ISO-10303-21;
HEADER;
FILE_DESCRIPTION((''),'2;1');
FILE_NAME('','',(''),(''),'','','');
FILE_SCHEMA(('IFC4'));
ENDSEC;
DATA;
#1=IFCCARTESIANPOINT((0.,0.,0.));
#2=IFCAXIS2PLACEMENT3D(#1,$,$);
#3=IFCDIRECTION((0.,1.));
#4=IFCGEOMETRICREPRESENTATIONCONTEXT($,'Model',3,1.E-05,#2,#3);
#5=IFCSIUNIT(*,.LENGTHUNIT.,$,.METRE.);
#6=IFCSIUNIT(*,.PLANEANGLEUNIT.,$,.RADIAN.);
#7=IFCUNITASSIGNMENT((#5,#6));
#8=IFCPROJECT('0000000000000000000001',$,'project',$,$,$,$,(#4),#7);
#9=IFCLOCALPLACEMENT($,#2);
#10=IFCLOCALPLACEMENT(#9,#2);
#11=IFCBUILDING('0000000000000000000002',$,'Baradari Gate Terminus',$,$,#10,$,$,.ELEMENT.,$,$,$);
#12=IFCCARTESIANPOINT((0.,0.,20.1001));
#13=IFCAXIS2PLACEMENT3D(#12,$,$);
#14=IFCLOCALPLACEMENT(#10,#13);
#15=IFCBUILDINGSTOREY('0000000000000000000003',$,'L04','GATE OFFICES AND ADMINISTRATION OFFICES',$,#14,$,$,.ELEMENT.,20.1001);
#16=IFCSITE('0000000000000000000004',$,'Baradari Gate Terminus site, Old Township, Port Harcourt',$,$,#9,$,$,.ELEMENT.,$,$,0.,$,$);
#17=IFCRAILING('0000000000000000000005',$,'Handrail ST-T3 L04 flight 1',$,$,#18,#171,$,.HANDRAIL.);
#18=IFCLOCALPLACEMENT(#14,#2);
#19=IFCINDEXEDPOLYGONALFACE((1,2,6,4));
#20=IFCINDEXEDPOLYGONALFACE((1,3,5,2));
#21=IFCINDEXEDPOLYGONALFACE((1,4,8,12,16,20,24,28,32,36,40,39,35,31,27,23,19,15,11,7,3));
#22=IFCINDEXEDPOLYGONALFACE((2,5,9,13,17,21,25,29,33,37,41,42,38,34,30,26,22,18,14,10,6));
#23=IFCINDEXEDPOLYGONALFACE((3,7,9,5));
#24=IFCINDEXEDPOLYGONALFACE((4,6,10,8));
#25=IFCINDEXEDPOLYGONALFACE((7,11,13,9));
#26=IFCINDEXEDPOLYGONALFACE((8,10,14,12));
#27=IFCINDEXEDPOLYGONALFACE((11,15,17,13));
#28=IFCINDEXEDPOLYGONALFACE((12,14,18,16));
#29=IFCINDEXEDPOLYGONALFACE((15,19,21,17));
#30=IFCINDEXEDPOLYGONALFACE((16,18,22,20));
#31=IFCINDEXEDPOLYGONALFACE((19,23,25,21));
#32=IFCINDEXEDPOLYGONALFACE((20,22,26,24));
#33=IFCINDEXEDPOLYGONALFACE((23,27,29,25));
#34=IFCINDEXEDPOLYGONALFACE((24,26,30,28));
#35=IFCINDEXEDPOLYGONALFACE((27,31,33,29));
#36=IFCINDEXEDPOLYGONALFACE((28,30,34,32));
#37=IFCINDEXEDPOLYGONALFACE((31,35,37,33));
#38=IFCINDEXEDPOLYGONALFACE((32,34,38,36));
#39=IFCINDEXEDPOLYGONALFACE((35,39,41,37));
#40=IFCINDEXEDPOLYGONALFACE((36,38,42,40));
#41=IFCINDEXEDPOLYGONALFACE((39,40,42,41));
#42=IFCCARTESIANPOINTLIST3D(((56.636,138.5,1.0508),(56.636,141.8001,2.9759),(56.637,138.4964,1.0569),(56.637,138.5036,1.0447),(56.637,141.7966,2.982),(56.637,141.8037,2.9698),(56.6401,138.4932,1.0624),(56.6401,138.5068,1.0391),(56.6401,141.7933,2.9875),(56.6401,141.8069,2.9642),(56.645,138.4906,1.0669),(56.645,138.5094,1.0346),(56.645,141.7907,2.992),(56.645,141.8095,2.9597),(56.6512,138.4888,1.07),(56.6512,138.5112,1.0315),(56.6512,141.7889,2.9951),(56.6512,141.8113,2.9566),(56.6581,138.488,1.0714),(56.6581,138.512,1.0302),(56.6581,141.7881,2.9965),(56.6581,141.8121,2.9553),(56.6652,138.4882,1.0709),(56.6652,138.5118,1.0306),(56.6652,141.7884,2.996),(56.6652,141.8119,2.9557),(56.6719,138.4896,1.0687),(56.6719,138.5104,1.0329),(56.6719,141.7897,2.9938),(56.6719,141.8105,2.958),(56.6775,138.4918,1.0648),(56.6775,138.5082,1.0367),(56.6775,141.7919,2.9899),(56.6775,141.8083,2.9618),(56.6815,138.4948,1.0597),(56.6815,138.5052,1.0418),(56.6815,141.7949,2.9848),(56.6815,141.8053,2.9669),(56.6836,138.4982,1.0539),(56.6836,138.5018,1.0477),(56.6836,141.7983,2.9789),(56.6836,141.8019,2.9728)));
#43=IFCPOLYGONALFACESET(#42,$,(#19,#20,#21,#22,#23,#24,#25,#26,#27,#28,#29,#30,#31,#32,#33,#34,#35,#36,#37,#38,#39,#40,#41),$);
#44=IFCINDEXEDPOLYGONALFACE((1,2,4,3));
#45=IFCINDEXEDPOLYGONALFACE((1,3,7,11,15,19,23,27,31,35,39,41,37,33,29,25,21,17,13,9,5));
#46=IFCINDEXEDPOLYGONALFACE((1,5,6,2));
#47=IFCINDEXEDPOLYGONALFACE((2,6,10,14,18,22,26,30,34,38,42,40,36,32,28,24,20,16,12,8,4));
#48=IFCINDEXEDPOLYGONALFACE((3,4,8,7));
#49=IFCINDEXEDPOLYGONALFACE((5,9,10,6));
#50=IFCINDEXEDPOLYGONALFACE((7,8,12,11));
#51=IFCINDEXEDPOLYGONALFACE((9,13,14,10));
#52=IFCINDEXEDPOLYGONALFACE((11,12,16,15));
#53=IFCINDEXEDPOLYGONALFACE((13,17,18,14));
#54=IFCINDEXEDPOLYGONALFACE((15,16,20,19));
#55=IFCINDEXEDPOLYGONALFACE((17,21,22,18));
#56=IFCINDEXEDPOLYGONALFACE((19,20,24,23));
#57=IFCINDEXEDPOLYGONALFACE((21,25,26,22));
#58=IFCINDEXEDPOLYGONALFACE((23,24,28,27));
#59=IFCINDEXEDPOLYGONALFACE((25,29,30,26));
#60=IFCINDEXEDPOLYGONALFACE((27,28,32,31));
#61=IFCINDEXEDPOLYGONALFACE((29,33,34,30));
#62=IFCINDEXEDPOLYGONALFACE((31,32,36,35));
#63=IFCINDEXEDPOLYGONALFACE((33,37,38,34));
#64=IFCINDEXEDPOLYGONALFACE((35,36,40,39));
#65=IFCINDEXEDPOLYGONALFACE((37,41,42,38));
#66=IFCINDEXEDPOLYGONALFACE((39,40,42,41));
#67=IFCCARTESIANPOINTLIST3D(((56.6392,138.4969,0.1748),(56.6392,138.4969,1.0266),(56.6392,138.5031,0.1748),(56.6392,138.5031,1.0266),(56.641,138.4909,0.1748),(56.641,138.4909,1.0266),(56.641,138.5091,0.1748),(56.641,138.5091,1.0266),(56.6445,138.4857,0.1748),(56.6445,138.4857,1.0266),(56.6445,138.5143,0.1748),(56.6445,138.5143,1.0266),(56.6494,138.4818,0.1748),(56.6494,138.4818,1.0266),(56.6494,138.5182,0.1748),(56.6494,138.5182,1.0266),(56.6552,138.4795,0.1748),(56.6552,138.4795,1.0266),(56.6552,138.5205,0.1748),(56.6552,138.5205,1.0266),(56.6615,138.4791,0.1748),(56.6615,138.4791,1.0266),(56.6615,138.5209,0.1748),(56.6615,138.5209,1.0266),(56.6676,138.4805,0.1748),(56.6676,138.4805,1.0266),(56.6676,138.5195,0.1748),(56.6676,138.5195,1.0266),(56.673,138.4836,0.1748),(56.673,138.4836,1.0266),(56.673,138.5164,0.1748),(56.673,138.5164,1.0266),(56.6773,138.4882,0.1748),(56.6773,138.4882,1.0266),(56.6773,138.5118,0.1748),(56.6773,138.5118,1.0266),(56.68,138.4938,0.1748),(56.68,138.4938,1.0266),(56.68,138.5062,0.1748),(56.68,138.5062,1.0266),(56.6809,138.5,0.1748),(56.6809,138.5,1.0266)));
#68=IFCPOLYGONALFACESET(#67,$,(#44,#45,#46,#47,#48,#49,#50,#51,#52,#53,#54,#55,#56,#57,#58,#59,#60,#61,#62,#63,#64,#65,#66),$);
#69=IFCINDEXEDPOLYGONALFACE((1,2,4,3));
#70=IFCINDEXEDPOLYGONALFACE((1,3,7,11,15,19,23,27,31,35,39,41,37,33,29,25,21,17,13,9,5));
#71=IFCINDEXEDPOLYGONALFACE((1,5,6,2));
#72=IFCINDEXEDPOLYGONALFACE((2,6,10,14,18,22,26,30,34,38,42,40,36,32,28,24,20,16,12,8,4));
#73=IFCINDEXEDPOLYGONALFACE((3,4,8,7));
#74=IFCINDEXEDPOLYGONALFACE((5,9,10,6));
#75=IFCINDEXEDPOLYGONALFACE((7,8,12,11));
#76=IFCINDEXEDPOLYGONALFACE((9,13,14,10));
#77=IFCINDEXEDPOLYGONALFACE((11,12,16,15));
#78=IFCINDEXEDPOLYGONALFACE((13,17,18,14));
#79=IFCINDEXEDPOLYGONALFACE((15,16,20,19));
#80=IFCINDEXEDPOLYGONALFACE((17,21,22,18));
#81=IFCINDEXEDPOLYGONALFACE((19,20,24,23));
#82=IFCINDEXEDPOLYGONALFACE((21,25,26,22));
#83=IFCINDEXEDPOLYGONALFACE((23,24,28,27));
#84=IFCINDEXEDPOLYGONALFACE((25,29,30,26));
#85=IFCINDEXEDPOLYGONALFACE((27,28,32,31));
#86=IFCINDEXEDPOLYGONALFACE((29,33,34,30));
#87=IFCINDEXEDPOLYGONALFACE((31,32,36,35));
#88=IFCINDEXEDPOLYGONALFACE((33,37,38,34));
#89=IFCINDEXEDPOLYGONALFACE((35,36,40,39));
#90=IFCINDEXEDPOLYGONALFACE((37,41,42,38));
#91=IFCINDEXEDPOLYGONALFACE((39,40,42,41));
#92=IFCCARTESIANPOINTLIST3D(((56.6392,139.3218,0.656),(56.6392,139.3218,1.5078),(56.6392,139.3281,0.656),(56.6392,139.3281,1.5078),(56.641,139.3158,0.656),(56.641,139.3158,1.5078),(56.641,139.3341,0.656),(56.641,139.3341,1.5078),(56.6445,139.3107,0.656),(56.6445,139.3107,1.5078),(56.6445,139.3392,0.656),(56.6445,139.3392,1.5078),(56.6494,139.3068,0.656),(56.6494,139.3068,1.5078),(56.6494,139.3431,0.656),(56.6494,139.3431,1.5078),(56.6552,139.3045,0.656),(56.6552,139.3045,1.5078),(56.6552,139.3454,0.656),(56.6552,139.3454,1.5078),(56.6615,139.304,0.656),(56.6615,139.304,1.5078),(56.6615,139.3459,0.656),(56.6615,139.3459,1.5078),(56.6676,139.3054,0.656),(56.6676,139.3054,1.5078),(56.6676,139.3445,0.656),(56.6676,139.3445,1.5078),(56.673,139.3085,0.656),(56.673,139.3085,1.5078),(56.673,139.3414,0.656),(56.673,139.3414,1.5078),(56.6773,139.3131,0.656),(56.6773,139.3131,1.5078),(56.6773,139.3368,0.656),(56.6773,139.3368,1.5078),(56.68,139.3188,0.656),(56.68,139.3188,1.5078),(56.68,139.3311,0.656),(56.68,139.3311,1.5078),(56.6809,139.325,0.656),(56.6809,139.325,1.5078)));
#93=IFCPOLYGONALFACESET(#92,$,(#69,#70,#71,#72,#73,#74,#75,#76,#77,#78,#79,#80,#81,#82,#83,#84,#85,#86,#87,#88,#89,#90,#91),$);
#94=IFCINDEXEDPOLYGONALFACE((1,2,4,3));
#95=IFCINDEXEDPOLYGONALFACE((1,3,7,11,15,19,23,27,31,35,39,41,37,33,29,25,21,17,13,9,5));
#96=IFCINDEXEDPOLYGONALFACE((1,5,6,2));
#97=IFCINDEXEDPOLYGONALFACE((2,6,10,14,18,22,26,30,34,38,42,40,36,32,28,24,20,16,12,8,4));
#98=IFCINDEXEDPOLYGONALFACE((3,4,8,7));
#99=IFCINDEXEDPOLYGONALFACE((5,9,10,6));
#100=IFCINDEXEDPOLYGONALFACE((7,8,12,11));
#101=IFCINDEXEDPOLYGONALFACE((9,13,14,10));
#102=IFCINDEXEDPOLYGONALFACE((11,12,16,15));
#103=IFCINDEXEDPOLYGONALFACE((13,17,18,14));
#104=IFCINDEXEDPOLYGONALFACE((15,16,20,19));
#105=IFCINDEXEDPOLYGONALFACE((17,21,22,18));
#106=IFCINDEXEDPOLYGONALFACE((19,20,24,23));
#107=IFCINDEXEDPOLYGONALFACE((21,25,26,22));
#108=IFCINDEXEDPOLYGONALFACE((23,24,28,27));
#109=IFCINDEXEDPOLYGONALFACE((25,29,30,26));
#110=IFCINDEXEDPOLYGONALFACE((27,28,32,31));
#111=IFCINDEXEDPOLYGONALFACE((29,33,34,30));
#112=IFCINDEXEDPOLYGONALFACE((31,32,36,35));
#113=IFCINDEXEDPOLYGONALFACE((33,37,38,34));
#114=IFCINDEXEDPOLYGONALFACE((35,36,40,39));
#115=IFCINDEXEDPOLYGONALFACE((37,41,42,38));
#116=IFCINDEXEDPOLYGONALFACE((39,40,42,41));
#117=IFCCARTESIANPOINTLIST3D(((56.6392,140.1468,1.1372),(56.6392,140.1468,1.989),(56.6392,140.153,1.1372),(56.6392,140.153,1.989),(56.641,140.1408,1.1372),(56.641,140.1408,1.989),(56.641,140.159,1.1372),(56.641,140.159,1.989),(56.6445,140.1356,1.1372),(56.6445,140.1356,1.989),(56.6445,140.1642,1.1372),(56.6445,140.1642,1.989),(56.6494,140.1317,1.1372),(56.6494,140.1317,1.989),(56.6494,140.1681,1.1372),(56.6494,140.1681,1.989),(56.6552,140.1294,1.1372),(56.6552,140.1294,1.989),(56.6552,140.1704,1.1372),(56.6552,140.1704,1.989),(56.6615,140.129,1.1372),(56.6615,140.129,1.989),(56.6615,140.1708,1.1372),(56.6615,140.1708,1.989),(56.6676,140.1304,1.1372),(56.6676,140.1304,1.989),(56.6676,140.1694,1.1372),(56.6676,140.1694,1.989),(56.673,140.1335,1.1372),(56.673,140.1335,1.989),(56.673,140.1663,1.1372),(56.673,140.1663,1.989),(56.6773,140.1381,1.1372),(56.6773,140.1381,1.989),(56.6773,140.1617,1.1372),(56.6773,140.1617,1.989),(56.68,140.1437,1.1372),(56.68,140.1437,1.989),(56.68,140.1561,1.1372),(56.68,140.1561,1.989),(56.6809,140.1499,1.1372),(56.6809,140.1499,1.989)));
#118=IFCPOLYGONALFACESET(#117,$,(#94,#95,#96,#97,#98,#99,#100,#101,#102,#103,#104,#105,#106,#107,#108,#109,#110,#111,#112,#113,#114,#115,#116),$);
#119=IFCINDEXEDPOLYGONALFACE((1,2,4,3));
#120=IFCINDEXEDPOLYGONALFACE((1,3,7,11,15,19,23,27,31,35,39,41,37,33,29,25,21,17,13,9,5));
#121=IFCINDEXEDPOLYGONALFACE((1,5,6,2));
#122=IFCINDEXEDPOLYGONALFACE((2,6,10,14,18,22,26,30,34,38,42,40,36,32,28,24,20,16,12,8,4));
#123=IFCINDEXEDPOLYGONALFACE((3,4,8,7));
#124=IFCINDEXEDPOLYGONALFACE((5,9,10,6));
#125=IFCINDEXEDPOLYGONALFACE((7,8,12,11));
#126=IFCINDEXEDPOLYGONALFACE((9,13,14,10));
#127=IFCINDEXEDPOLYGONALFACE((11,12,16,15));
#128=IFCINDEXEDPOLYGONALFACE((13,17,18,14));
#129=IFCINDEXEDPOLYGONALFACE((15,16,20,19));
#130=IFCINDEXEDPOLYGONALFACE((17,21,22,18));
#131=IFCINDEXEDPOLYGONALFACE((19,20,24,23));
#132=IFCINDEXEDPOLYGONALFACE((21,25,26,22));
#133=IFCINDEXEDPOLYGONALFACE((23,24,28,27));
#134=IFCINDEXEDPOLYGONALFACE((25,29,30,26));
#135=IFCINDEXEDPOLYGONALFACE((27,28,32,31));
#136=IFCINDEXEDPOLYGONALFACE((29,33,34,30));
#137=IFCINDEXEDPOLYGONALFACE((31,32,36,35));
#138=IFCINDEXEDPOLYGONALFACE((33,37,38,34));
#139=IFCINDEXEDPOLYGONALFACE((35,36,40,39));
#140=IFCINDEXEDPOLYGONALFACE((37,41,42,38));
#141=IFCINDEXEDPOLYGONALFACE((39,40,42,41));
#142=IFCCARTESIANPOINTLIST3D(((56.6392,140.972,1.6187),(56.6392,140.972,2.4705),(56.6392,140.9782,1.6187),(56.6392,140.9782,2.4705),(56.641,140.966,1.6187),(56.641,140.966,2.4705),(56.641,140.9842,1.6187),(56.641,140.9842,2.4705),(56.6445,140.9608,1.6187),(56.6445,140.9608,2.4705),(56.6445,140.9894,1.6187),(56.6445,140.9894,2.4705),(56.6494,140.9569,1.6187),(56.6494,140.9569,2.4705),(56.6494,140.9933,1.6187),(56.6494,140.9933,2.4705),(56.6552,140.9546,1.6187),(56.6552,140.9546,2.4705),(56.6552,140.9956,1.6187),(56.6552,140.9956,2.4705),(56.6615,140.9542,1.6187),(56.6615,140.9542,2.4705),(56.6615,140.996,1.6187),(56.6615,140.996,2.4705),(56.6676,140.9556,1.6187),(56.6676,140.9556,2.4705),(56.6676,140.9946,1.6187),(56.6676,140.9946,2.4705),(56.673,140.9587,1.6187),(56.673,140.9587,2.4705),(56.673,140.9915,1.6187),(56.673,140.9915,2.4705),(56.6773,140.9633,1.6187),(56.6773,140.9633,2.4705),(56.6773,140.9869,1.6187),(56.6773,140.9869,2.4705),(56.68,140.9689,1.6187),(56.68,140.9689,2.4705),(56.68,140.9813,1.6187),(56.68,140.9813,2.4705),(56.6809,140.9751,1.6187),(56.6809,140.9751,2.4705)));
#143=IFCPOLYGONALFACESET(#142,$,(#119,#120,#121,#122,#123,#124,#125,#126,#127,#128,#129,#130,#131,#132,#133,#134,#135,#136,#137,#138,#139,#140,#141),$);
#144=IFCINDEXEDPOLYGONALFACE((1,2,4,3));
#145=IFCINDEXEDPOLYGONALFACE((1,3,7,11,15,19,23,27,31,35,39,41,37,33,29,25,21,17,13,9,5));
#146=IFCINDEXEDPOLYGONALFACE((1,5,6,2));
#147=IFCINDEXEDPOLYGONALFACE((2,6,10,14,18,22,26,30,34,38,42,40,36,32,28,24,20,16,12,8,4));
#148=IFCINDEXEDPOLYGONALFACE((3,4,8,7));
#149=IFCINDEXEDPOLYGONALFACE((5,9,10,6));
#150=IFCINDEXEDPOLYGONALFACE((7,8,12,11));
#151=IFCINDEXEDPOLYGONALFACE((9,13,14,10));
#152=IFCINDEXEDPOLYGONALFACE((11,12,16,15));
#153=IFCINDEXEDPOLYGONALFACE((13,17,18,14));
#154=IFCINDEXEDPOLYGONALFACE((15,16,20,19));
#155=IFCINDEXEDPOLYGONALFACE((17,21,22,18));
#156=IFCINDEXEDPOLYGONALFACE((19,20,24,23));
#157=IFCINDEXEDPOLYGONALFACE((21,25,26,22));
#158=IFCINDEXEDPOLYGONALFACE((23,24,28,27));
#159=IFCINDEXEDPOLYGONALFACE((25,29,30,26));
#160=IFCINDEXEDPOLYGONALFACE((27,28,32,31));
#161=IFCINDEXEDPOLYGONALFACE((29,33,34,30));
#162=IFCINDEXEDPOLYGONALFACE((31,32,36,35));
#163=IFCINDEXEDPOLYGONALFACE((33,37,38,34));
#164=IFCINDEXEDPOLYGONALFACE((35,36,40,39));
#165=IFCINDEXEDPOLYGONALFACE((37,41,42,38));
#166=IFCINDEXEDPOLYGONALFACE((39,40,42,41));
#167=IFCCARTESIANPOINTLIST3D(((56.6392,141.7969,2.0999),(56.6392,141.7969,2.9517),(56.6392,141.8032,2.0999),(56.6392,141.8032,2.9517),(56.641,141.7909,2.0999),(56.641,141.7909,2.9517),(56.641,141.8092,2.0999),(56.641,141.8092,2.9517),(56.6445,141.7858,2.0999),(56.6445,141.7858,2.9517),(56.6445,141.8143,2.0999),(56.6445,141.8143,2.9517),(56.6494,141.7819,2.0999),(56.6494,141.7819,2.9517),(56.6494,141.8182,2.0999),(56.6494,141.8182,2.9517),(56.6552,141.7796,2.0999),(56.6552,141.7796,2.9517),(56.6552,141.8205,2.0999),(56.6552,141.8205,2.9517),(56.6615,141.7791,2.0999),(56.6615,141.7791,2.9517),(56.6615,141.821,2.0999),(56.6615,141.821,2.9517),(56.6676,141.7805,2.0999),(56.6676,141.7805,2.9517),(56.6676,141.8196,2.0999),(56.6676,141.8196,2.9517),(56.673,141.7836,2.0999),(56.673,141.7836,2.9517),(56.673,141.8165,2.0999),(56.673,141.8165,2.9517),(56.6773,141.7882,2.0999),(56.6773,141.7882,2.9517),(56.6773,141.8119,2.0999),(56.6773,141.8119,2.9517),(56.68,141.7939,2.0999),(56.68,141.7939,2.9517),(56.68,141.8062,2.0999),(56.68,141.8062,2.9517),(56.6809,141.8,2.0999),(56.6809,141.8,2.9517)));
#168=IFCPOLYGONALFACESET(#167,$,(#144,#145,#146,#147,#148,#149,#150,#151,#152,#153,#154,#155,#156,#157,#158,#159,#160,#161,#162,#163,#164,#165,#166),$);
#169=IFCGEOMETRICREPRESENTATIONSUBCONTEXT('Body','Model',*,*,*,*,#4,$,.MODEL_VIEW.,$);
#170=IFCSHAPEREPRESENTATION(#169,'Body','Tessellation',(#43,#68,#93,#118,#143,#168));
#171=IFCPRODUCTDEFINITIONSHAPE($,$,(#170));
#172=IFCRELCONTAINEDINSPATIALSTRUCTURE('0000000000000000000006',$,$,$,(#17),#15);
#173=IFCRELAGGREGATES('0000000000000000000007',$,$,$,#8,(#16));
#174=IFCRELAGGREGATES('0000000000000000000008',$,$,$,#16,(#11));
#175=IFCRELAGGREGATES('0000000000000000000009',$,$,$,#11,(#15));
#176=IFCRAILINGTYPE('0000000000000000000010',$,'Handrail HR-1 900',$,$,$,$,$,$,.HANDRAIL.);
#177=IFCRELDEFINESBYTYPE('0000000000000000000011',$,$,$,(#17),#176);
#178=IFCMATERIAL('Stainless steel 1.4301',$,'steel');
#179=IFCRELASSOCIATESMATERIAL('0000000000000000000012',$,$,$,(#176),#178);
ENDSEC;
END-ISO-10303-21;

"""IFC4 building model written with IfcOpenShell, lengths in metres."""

from ifc_helpers import new_model, si_unit, direction, frame, origin, origin_2d, place, context, subcontext, project, spatial, circle, extrude, material, type_object, element, save


model = new_model("IFC4")

# Units and contexts
model_context = context("Model", 3, precision=1e-05, world=origin(), true_north=direction((0.0, 1.0)))
body_context = subcontext(model_context, "Body", "Model", "MODEL_VIEW")
ifc_project = project(units=[si_unit("LENGTHUNIT", "METRE"), si_unit("PLANEANGLEUNIT", "RADIAN")], contexts=[model_context])

# Site, building, storey
site_placement = place(None, origin())
site = spatial("IfcSite", under=ifc_project, at=site_placement, Name="Baradari Gate Terminus site, Old Township, Port Harcourt", CompositionType="ELEMENT", RefElevation=0.0)
building_placement = place(site_placement, origin())
building = spatial("IfcBuilding", under=site, at=building_placement, Name="Baradari Gate Terminus", CompositionType="ELEMENT")
storey_placement = place(building_placement, frame((0.0, 0.0, 20.1001)))
storey = spatial("IfcBuildingStorey", under=building, at=storey_placement, Name="L04", Description="GATE OFFICES AND ADMINISTRATION OFFICES", CompositionType="ELEMENT", Elevation=20.1001)

# Railing
ifc_material_1 = material(Name="Stainless steel 1.4301", Category="steel")
railing_type = type_object("IfcRailingType", Name="Handrail HR-1 900", PredefinedType="HANDRAIL", material=ifc_material_1)
for number, where, name in (
    (1, (56.6599, 138.5, 0.1748), "Handrail ST-T3 L04 flight 1"),
):
    element("IfcRailing", number, at=place(storey_placement, frame(where)), inside=storey, type_object=railing_type, Name=name, PredefinedType="HANDRAIL", context=body_context, shape_type="SweptSolid", body=[
        extrude(circle(Radius=0.0239, at=origin_2d()), frame((0.0, 0.0, 0.876), z_axis=(0.0, 0.863777, 0.503875), x_axis=(-1.0, 0.0, 0.0)), (0.0, 0.0, 1.0), 3.8206),
        extrude(circle(Radius=0.021, at=origin_2d()), origin(), (0.0, 0.0, 1.0), 0.8518),
        extrude(circle(Radius=0.021, at=origin_2d()), frame((0.0, 0.825, 0.4812)), (0.0, 0.0, 1.0), 0.8518),
        extrude(circle(Radius=0.021, at=origin_2d()), frame((0.0, 1.6499, 0.9624)), (0.0, 0.0, 1.0), 0.8518),
        extrude(circle(Radius=0.021, at=origin_2d()), frame((0.0, 2.4751, 1.4438)), (0.0, 0.0, 1.0), 0.8518),
        extrude(circle(Radius=0.021, at=origin_2d()), frame((0.0, 3.3, 1.925)), (0.0, 0.0, 1.0), 0.8518),
    ])

save(model, "model.ifc")
